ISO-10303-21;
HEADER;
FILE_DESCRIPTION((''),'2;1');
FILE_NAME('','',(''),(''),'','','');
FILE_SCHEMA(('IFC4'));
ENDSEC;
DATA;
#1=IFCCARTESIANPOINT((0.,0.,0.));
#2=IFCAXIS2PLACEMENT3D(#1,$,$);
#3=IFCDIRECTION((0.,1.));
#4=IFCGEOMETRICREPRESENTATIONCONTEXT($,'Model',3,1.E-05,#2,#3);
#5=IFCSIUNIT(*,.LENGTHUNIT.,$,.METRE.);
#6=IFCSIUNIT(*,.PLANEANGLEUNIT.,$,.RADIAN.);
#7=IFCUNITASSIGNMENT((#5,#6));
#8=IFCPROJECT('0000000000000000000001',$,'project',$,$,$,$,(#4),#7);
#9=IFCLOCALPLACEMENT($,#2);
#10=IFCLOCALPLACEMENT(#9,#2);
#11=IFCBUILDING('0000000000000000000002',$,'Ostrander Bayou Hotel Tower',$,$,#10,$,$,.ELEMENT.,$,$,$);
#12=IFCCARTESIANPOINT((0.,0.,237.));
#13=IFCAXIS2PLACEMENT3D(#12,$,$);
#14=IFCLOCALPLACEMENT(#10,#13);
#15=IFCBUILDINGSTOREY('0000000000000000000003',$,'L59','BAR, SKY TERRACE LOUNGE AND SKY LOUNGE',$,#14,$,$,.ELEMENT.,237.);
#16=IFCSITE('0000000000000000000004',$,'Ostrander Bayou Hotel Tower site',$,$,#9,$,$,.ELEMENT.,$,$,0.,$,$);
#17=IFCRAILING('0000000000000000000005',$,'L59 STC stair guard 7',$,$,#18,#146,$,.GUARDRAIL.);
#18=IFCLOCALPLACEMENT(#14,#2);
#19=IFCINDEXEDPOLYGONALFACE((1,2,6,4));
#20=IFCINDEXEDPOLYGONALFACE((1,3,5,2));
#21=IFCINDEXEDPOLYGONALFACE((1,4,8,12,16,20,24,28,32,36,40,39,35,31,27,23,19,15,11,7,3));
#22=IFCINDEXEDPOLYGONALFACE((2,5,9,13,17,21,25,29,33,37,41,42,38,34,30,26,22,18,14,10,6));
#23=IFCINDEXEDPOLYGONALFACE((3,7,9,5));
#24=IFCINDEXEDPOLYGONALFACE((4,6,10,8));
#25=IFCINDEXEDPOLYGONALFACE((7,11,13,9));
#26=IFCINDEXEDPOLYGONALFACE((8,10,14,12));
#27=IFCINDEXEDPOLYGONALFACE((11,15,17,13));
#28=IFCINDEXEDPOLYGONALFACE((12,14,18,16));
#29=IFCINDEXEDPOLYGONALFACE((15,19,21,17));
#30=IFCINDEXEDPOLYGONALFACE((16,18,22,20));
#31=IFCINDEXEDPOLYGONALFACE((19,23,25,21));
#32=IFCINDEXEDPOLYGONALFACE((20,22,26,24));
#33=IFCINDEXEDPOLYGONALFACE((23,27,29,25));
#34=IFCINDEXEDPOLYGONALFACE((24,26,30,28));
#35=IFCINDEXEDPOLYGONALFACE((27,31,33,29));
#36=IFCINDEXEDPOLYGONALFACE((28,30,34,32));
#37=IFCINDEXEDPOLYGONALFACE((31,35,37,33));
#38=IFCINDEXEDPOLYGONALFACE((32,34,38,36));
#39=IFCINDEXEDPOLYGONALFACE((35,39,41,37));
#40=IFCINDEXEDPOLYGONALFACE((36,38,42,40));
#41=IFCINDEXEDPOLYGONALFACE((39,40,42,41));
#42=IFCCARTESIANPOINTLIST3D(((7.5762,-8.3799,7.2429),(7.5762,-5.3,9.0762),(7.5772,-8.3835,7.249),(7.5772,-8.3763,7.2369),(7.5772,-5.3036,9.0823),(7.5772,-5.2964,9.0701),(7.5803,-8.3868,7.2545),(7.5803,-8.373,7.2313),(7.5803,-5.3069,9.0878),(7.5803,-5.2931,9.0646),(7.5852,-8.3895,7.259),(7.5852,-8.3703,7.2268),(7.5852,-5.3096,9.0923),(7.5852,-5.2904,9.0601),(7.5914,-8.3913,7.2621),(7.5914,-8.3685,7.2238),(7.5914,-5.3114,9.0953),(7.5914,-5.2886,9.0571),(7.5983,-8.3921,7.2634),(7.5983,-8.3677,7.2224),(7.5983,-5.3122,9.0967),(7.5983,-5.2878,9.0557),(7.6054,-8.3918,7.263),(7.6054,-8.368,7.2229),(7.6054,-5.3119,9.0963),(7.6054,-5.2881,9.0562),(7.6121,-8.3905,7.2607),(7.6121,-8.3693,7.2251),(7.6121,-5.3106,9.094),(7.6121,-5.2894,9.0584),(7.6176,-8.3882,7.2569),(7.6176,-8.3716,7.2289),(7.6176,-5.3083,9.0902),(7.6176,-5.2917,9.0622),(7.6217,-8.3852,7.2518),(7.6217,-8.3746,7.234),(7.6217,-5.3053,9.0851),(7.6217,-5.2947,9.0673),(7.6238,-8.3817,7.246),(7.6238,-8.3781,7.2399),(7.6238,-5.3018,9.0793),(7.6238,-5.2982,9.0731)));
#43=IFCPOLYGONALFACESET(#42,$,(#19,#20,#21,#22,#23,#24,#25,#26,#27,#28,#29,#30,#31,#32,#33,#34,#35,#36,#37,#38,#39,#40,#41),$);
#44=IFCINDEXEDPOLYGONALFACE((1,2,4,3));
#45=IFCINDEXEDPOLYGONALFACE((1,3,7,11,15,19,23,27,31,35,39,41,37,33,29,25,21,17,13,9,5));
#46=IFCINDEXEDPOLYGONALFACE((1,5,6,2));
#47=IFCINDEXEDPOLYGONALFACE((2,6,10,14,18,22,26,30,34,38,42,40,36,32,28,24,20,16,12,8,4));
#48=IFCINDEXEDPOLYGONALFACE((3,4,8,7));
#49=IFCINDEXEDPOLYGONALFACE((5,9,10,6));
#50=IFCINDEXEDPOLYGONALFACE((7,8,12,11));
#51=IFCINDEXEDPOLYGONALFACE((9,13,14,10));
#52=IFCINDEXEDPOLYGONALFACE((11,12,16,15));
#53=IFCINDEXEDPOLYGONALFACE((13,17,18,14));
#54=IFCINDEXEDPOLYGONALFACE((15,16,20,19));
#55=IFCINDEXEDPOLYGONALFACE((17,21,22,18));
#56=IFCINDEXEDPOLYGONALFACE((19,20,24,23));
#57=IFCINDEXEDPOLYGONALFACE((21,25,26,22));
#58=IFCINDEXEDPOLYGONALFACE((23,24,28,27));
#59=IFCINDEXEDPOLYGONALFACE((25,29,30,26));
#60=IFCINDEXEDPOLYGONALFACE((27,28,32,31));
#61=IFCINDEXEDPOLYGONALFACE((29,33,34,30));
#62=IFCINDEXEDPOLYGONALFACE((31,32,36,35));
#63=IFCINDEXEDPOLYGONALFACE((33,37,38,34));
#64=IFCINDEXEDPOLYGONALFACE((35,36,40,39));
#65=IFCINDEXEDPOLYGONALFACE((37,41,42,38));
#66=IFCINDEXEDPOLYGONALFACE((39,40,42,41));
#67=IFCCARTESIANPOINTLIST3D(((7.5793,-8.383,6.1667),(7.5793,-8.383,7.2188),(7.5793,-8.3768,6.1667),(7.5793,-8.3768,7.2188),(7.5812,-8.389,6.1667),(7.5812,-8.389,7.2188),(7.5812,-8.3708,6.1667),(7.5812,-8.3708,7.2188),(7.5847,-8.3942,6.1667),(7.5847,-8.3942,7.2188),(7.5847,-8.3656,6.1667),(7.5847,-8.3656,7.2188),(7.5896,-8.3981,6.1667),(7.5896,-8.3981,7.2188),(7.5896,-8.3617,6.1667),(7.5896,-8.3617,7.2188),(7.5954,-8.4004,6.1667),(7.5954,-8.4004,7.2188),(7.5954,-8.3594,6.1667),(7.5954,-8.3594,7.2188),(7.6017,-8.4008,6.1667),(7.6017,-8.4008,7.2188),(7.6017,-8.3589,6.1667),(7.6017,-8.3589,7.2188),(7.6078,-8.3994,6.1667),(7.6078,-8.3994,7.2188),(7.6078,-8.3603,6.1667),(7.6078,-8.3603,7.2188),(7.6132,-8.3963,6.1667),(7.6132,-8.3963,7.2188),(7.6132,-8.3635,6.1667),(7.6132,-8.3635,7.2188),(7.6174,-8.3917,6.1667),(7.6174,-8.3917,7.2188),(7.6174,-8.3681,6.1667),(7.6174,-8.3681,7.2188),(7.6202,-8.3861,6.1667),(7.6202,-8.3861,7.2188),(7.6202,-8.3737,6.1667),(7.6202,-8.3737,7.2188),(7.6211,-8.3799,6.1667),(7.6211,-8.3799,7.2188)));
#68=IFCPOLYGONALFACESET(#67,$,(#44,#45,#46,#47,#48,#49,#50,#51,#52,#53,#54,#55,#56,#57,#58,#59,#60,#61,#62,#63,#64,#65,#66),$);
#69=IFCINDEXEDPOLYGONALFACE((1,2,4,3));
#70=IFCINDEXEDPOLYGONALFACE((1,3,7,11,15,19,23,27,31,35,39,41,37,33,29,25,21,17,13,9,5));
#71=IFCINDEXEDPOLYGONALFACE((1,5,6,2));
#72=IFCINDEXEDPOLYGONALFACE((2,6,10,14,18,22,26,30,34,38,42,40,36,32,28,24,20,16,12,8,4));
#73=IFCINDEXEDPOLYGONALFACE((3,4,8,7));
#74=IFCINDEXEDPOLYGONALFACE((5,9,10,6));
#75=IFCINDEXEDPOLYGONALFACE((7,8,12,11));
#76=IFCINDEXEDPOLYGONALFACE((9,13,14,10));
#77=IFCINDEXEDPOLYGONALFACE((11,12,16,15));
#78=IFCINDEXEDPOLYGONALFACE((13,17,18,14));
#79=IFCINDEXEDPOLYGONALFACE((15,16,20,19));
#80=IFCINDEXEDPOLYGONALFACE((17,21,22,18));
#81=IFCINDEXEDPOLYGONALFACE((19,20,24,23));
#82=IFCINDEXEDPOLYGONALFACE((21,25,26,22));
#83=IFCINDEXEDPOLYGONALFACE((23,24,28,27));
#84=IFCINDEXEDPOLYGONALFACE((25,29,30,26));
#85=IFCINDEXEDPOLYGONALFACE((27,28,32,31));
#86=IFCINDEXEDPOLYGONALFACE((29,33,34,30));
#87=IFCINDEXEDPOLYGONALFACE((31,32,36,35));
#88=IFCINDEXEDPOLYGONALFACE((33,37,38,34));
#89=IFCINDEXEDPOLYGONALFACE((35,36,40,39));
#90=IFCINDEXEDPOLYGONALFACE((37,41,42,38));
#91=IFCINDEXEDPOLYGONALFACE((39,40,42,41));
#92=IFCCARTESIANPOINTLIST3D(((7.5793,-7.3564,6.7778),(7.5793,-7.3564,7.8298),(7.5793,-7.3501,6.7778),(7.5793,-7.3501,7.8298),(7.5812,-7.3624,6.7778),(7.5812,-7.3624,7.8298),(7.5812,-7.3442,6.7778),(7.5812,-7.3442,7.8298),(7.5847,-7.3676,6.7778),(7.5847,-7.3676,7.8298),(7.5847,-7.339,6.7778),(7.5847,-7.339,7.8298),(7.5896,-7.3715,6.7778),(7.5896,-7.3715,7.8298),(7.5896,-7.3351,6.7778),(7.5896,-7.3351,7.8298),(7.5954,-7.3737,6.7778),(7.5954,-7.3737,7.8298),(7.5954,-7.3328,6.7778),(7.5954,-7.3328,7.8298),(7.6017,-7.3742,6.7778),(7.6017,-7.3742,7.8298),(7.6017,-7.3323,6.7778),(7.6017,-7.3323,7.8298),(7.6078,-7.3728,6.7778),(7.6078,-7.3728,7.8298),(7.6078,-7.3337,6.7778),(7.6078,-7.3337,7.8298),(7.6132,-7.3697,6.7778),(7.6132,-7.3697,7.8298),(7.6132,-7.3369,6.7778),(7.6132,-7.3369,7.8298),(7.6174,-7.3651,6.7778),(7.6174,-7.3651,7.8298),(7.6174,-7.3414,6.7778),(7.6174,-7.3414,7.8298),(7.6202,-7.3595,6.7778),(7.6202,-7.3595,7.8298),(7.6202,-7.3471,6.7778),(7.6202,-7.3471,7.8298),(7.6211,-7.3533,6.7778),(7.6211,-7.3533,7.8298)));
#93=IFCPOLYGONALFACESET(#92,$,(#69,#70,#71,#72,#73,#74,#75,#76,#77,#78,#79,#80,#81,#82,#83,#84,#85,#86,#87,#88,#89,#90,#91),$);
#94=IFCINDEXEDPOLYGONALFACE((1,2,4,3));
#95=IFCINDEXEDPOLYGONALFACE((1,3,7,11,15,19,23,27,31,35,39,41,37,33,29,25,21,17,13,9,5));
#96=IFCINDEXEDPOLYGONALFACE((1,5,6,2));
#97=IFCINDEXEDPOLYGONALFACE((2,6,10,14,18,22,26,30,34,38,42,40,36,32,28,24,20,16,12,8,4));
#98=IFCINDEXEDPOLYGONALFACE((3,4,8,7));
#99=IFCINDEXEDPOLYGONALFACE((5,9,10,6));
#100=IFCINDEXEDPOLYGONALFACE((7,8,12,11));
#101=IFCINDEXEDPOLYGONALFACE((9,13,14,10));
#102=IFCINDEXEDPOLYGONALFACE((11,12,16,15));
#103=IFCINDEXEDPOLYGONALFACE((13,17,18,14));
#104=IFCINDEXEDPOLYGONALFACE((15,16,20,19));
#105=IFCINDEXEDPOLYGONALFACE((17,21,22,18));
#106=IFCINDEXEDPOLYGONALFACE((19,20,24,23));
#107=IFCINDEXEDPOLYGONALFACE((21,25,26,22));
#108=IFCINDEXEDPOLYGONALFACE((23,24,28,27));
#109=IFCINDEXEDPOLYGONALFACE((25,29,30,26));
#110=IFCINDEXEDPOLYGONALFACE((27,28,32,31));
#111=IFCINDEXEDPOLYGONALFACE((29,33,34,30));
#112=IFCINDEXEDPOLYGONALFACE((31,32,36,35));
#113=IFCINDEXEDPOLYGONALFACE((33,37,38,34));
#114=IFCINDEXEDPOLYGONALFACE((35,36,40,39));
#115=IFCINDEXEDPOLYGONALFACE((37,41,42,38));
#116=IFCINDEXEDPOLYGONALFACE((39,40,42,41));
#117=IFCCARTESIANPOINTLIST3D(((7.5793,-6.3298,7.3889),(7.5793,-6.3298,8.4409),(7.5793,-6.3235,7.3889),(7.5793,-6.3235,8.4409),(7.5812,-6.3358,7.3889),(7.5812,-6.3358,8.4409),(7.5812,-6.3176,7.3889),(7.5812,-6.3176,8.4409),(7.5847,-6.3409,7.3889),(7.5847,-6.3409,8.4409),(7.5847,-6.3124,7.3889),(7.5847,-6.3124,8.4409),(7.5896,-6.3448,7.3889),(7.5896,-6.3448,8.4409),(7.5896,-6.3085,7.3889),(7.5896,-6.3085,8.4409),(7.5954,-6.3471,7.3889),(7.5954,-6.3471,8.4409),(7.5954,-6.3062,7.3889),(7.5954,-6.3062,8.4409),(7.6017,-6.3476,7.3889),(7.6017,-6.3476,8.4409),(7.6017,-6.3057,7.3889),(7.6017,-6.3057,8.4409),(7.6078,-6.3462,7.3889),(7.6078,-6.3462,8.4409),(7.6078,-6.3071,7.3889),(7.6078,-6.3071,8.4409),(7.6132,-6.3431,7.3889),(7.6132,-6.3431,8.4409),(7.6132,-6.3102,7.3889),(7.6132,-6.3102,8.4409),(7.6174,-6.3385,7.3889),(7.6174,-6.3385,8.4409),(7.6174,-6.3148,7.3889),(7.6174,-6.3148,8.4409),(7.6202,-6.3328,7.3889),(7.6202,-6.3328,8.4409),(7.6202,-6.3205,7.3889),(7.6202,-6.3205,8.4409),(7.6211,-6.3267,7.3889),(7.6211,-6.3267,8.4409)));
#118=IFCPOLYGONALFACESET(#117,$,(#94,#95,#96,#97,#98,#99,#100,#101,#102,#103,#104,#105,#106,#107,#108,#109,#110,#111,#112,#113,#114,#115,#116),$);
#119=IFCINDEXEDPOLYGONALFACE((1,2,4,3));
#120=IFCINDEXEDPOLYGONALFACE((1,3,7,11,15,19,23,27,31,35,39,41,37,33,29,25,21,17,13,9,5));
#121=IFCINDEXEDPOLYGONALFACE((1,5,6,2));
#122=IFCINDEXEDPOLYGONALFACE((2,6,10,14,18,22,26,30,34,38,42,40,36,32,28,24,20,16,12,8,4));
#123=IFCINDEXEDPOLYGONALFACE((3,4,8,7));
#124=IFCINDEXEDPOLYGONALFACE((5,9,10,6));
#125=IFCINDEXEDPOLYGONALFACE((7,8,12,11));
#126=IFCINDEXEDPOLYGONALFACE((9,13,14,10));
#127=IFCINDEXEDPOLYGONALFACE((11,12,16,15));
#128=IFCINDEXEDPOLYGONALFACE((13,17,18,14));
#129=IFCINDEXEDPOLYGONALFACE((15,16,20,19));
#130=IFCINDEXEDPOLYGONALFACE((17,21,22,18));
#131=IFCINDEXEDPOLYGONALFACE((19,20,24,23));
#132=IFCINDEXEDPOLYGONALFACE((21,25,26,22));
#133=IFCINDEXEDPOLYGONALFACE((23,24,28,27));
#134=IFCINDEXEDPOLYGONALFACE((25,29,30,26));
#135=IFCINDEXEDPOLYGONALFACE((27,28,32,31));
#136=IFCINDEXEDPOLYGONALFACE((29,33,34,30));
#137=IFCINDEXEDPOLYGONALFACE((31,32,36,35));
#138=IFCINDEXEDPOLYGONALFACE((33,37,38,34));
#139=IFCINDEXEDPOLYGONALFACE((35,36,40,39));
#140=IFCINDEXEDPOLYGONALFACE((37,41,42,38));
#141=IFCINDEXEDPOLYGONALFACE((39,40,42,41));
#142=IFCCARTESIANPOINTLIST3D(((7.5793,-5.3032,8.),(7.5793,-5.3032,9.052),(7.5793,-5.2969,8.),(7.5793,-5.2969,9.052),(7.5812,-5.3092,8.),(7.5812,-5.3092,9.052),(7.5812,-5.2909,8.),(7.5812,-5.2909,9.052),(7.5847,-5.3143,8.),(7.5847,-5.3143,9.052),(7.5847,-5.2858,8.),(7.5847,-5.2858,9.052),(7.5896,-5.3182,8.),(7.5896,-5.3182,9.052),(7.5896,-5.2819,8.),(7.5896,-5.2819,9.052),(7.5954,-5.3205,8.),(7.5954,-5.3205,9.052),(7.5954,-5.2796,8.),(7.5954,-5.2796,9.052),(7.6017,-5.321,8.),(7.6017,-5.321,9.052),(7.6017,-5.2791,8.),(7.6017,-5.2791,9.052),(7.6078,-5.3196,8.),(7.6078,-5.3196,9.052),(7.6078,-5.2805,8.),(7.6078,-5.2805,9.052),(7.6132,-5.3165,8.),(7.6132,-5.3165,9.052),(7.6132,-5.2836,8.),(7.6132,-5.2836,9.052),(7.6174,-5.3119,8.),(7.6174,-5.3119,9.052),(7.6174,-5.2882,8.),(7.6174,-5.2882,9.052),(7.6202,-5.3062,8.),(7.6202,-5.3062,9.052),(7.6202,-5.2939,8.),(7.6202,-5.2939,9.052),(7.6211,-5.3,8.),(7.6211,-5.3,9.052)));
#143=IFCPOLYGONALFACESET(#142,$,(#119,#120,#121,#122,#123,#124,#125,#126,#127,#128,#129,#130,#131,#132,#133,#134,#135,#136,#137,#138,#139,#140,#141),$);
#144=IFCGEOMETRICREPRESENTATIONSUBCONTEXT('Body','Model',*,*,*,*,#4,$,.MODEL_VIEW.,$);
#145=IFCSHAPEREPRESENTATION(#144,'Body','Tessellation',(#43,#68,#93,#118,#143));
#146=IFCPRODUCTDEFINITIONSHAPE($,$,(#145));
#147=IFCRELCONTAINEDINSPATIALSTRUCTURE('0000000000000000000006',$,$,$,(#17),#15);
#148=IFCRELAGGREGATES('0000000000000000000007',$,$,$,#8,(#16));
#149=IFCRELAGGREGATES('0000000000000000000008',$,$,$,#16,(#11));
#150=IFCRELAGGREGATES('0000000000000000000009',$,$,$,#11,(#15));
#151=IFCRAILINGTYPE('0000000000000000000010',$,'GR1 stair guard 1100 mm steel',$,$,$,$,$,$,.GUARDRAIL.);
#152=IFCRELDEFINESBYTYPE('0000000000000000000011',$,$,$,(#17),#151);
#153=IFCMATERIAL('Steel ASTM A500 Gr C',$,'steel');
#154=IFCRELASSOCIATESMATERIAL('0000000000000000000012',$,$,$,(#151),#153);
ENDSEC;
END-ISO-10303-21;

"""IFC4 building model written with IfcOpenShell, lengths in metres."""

from ifc_helpers import new_model, si_unit, direction, frame, origin, origin_2d, place, context, subcontext, project, spatial, circle, extrude, material, type_object, element, save


model = new_model("IFC4")

# Units and contexts
model_context = context("Model", 3, precision=1e-05, world=origin(), true_north=direction((0.0, 1.0)))
body_context = subcontext(model_context, "Body", "Model", "MODEL_VIEW")
ifc_project = project(units=[si_unit("LENGTHUNIT", "METRE"), si_unit("PLANEANGLEUNIT", "RADIAN")], contexts=[model_context])

# Site, building, storey
site_placement = place(None, origin())
site = spatial("IfcSite", under=ifc_project, at=site_placement, Name="Ostrander Bayou Hotel Tower site", CompositionType="ELEMENT", RefElevation=0.0)
building_placement = place(site_placement, origin())
building = spatial("IfcBuilding", under=site, at=building_placement, Name="Ostrander Bayou Hotel Tower", CompositionType="ELEMENT")
storey_placement = place(building_placement, frame((0.0, 0.0, 237.0)))
storey = spatial("IfcBuildingStorey", under=building, at=storey_placement, Name="L59", Description="BAR, SKY TERRACE LOUNGE AND SKY LOUNGE", CompositionType="ELEMENT", Elevation=237.0)

# Railing
ifc_material_1 = material(Name="Steel ASTM A500 Gr C", Category="steel")
railing_type_1 = type_object("IfcRailingType", Name="GR1 stair guard 1100 mm steel", PredefinedType="GUARDRAIL", material=ifc_material_1)
railing_1_placement = place(storey_placement, frame((7.6001, -8.3799, 6.1667)))
element("IfcRailing", 1, at=railing_1_placement, inside=storey, type_object=railing_type_1, Name="L59 STC stair guard 7", PredefinedType="GUARDRAIL", context=body_context, shape_type="SweptSolid", body=[
    extrude(circle(Radius=0.0239, at=origin_2d()), frame((0.0, 0.0, 1.0762), z_axis=(0.0, 0.859291, 0.511487), x_axis=(-1.0, 0.0, 0.0)), (0.0, 0.0, 1.0), 3.5842),
    extrude(circle(Radius=0.021, at=origin_2d()), origin(), (0.0, 0.0, 1.0), 1.052),
    extrude(circle(Radius=0.021, at=origin_2d()), frame((0.0, 1.0266, 0.6111)), (0.0, 0.0, 1.0), 1.052),
    extrude(circle(Radius=0.021, at=origin_2d()), frame((0.0, 2.0532, 1.2222)), (0.0, 0.0, 1.0), 1.052),
    extrude(circle(Radius=0.021, at=origin_2d()), frame((0.0, 3.0798, 1.8333)), (0.0, 0.0, 1.0), 1.052),
])

save(model, "model.ifc")
